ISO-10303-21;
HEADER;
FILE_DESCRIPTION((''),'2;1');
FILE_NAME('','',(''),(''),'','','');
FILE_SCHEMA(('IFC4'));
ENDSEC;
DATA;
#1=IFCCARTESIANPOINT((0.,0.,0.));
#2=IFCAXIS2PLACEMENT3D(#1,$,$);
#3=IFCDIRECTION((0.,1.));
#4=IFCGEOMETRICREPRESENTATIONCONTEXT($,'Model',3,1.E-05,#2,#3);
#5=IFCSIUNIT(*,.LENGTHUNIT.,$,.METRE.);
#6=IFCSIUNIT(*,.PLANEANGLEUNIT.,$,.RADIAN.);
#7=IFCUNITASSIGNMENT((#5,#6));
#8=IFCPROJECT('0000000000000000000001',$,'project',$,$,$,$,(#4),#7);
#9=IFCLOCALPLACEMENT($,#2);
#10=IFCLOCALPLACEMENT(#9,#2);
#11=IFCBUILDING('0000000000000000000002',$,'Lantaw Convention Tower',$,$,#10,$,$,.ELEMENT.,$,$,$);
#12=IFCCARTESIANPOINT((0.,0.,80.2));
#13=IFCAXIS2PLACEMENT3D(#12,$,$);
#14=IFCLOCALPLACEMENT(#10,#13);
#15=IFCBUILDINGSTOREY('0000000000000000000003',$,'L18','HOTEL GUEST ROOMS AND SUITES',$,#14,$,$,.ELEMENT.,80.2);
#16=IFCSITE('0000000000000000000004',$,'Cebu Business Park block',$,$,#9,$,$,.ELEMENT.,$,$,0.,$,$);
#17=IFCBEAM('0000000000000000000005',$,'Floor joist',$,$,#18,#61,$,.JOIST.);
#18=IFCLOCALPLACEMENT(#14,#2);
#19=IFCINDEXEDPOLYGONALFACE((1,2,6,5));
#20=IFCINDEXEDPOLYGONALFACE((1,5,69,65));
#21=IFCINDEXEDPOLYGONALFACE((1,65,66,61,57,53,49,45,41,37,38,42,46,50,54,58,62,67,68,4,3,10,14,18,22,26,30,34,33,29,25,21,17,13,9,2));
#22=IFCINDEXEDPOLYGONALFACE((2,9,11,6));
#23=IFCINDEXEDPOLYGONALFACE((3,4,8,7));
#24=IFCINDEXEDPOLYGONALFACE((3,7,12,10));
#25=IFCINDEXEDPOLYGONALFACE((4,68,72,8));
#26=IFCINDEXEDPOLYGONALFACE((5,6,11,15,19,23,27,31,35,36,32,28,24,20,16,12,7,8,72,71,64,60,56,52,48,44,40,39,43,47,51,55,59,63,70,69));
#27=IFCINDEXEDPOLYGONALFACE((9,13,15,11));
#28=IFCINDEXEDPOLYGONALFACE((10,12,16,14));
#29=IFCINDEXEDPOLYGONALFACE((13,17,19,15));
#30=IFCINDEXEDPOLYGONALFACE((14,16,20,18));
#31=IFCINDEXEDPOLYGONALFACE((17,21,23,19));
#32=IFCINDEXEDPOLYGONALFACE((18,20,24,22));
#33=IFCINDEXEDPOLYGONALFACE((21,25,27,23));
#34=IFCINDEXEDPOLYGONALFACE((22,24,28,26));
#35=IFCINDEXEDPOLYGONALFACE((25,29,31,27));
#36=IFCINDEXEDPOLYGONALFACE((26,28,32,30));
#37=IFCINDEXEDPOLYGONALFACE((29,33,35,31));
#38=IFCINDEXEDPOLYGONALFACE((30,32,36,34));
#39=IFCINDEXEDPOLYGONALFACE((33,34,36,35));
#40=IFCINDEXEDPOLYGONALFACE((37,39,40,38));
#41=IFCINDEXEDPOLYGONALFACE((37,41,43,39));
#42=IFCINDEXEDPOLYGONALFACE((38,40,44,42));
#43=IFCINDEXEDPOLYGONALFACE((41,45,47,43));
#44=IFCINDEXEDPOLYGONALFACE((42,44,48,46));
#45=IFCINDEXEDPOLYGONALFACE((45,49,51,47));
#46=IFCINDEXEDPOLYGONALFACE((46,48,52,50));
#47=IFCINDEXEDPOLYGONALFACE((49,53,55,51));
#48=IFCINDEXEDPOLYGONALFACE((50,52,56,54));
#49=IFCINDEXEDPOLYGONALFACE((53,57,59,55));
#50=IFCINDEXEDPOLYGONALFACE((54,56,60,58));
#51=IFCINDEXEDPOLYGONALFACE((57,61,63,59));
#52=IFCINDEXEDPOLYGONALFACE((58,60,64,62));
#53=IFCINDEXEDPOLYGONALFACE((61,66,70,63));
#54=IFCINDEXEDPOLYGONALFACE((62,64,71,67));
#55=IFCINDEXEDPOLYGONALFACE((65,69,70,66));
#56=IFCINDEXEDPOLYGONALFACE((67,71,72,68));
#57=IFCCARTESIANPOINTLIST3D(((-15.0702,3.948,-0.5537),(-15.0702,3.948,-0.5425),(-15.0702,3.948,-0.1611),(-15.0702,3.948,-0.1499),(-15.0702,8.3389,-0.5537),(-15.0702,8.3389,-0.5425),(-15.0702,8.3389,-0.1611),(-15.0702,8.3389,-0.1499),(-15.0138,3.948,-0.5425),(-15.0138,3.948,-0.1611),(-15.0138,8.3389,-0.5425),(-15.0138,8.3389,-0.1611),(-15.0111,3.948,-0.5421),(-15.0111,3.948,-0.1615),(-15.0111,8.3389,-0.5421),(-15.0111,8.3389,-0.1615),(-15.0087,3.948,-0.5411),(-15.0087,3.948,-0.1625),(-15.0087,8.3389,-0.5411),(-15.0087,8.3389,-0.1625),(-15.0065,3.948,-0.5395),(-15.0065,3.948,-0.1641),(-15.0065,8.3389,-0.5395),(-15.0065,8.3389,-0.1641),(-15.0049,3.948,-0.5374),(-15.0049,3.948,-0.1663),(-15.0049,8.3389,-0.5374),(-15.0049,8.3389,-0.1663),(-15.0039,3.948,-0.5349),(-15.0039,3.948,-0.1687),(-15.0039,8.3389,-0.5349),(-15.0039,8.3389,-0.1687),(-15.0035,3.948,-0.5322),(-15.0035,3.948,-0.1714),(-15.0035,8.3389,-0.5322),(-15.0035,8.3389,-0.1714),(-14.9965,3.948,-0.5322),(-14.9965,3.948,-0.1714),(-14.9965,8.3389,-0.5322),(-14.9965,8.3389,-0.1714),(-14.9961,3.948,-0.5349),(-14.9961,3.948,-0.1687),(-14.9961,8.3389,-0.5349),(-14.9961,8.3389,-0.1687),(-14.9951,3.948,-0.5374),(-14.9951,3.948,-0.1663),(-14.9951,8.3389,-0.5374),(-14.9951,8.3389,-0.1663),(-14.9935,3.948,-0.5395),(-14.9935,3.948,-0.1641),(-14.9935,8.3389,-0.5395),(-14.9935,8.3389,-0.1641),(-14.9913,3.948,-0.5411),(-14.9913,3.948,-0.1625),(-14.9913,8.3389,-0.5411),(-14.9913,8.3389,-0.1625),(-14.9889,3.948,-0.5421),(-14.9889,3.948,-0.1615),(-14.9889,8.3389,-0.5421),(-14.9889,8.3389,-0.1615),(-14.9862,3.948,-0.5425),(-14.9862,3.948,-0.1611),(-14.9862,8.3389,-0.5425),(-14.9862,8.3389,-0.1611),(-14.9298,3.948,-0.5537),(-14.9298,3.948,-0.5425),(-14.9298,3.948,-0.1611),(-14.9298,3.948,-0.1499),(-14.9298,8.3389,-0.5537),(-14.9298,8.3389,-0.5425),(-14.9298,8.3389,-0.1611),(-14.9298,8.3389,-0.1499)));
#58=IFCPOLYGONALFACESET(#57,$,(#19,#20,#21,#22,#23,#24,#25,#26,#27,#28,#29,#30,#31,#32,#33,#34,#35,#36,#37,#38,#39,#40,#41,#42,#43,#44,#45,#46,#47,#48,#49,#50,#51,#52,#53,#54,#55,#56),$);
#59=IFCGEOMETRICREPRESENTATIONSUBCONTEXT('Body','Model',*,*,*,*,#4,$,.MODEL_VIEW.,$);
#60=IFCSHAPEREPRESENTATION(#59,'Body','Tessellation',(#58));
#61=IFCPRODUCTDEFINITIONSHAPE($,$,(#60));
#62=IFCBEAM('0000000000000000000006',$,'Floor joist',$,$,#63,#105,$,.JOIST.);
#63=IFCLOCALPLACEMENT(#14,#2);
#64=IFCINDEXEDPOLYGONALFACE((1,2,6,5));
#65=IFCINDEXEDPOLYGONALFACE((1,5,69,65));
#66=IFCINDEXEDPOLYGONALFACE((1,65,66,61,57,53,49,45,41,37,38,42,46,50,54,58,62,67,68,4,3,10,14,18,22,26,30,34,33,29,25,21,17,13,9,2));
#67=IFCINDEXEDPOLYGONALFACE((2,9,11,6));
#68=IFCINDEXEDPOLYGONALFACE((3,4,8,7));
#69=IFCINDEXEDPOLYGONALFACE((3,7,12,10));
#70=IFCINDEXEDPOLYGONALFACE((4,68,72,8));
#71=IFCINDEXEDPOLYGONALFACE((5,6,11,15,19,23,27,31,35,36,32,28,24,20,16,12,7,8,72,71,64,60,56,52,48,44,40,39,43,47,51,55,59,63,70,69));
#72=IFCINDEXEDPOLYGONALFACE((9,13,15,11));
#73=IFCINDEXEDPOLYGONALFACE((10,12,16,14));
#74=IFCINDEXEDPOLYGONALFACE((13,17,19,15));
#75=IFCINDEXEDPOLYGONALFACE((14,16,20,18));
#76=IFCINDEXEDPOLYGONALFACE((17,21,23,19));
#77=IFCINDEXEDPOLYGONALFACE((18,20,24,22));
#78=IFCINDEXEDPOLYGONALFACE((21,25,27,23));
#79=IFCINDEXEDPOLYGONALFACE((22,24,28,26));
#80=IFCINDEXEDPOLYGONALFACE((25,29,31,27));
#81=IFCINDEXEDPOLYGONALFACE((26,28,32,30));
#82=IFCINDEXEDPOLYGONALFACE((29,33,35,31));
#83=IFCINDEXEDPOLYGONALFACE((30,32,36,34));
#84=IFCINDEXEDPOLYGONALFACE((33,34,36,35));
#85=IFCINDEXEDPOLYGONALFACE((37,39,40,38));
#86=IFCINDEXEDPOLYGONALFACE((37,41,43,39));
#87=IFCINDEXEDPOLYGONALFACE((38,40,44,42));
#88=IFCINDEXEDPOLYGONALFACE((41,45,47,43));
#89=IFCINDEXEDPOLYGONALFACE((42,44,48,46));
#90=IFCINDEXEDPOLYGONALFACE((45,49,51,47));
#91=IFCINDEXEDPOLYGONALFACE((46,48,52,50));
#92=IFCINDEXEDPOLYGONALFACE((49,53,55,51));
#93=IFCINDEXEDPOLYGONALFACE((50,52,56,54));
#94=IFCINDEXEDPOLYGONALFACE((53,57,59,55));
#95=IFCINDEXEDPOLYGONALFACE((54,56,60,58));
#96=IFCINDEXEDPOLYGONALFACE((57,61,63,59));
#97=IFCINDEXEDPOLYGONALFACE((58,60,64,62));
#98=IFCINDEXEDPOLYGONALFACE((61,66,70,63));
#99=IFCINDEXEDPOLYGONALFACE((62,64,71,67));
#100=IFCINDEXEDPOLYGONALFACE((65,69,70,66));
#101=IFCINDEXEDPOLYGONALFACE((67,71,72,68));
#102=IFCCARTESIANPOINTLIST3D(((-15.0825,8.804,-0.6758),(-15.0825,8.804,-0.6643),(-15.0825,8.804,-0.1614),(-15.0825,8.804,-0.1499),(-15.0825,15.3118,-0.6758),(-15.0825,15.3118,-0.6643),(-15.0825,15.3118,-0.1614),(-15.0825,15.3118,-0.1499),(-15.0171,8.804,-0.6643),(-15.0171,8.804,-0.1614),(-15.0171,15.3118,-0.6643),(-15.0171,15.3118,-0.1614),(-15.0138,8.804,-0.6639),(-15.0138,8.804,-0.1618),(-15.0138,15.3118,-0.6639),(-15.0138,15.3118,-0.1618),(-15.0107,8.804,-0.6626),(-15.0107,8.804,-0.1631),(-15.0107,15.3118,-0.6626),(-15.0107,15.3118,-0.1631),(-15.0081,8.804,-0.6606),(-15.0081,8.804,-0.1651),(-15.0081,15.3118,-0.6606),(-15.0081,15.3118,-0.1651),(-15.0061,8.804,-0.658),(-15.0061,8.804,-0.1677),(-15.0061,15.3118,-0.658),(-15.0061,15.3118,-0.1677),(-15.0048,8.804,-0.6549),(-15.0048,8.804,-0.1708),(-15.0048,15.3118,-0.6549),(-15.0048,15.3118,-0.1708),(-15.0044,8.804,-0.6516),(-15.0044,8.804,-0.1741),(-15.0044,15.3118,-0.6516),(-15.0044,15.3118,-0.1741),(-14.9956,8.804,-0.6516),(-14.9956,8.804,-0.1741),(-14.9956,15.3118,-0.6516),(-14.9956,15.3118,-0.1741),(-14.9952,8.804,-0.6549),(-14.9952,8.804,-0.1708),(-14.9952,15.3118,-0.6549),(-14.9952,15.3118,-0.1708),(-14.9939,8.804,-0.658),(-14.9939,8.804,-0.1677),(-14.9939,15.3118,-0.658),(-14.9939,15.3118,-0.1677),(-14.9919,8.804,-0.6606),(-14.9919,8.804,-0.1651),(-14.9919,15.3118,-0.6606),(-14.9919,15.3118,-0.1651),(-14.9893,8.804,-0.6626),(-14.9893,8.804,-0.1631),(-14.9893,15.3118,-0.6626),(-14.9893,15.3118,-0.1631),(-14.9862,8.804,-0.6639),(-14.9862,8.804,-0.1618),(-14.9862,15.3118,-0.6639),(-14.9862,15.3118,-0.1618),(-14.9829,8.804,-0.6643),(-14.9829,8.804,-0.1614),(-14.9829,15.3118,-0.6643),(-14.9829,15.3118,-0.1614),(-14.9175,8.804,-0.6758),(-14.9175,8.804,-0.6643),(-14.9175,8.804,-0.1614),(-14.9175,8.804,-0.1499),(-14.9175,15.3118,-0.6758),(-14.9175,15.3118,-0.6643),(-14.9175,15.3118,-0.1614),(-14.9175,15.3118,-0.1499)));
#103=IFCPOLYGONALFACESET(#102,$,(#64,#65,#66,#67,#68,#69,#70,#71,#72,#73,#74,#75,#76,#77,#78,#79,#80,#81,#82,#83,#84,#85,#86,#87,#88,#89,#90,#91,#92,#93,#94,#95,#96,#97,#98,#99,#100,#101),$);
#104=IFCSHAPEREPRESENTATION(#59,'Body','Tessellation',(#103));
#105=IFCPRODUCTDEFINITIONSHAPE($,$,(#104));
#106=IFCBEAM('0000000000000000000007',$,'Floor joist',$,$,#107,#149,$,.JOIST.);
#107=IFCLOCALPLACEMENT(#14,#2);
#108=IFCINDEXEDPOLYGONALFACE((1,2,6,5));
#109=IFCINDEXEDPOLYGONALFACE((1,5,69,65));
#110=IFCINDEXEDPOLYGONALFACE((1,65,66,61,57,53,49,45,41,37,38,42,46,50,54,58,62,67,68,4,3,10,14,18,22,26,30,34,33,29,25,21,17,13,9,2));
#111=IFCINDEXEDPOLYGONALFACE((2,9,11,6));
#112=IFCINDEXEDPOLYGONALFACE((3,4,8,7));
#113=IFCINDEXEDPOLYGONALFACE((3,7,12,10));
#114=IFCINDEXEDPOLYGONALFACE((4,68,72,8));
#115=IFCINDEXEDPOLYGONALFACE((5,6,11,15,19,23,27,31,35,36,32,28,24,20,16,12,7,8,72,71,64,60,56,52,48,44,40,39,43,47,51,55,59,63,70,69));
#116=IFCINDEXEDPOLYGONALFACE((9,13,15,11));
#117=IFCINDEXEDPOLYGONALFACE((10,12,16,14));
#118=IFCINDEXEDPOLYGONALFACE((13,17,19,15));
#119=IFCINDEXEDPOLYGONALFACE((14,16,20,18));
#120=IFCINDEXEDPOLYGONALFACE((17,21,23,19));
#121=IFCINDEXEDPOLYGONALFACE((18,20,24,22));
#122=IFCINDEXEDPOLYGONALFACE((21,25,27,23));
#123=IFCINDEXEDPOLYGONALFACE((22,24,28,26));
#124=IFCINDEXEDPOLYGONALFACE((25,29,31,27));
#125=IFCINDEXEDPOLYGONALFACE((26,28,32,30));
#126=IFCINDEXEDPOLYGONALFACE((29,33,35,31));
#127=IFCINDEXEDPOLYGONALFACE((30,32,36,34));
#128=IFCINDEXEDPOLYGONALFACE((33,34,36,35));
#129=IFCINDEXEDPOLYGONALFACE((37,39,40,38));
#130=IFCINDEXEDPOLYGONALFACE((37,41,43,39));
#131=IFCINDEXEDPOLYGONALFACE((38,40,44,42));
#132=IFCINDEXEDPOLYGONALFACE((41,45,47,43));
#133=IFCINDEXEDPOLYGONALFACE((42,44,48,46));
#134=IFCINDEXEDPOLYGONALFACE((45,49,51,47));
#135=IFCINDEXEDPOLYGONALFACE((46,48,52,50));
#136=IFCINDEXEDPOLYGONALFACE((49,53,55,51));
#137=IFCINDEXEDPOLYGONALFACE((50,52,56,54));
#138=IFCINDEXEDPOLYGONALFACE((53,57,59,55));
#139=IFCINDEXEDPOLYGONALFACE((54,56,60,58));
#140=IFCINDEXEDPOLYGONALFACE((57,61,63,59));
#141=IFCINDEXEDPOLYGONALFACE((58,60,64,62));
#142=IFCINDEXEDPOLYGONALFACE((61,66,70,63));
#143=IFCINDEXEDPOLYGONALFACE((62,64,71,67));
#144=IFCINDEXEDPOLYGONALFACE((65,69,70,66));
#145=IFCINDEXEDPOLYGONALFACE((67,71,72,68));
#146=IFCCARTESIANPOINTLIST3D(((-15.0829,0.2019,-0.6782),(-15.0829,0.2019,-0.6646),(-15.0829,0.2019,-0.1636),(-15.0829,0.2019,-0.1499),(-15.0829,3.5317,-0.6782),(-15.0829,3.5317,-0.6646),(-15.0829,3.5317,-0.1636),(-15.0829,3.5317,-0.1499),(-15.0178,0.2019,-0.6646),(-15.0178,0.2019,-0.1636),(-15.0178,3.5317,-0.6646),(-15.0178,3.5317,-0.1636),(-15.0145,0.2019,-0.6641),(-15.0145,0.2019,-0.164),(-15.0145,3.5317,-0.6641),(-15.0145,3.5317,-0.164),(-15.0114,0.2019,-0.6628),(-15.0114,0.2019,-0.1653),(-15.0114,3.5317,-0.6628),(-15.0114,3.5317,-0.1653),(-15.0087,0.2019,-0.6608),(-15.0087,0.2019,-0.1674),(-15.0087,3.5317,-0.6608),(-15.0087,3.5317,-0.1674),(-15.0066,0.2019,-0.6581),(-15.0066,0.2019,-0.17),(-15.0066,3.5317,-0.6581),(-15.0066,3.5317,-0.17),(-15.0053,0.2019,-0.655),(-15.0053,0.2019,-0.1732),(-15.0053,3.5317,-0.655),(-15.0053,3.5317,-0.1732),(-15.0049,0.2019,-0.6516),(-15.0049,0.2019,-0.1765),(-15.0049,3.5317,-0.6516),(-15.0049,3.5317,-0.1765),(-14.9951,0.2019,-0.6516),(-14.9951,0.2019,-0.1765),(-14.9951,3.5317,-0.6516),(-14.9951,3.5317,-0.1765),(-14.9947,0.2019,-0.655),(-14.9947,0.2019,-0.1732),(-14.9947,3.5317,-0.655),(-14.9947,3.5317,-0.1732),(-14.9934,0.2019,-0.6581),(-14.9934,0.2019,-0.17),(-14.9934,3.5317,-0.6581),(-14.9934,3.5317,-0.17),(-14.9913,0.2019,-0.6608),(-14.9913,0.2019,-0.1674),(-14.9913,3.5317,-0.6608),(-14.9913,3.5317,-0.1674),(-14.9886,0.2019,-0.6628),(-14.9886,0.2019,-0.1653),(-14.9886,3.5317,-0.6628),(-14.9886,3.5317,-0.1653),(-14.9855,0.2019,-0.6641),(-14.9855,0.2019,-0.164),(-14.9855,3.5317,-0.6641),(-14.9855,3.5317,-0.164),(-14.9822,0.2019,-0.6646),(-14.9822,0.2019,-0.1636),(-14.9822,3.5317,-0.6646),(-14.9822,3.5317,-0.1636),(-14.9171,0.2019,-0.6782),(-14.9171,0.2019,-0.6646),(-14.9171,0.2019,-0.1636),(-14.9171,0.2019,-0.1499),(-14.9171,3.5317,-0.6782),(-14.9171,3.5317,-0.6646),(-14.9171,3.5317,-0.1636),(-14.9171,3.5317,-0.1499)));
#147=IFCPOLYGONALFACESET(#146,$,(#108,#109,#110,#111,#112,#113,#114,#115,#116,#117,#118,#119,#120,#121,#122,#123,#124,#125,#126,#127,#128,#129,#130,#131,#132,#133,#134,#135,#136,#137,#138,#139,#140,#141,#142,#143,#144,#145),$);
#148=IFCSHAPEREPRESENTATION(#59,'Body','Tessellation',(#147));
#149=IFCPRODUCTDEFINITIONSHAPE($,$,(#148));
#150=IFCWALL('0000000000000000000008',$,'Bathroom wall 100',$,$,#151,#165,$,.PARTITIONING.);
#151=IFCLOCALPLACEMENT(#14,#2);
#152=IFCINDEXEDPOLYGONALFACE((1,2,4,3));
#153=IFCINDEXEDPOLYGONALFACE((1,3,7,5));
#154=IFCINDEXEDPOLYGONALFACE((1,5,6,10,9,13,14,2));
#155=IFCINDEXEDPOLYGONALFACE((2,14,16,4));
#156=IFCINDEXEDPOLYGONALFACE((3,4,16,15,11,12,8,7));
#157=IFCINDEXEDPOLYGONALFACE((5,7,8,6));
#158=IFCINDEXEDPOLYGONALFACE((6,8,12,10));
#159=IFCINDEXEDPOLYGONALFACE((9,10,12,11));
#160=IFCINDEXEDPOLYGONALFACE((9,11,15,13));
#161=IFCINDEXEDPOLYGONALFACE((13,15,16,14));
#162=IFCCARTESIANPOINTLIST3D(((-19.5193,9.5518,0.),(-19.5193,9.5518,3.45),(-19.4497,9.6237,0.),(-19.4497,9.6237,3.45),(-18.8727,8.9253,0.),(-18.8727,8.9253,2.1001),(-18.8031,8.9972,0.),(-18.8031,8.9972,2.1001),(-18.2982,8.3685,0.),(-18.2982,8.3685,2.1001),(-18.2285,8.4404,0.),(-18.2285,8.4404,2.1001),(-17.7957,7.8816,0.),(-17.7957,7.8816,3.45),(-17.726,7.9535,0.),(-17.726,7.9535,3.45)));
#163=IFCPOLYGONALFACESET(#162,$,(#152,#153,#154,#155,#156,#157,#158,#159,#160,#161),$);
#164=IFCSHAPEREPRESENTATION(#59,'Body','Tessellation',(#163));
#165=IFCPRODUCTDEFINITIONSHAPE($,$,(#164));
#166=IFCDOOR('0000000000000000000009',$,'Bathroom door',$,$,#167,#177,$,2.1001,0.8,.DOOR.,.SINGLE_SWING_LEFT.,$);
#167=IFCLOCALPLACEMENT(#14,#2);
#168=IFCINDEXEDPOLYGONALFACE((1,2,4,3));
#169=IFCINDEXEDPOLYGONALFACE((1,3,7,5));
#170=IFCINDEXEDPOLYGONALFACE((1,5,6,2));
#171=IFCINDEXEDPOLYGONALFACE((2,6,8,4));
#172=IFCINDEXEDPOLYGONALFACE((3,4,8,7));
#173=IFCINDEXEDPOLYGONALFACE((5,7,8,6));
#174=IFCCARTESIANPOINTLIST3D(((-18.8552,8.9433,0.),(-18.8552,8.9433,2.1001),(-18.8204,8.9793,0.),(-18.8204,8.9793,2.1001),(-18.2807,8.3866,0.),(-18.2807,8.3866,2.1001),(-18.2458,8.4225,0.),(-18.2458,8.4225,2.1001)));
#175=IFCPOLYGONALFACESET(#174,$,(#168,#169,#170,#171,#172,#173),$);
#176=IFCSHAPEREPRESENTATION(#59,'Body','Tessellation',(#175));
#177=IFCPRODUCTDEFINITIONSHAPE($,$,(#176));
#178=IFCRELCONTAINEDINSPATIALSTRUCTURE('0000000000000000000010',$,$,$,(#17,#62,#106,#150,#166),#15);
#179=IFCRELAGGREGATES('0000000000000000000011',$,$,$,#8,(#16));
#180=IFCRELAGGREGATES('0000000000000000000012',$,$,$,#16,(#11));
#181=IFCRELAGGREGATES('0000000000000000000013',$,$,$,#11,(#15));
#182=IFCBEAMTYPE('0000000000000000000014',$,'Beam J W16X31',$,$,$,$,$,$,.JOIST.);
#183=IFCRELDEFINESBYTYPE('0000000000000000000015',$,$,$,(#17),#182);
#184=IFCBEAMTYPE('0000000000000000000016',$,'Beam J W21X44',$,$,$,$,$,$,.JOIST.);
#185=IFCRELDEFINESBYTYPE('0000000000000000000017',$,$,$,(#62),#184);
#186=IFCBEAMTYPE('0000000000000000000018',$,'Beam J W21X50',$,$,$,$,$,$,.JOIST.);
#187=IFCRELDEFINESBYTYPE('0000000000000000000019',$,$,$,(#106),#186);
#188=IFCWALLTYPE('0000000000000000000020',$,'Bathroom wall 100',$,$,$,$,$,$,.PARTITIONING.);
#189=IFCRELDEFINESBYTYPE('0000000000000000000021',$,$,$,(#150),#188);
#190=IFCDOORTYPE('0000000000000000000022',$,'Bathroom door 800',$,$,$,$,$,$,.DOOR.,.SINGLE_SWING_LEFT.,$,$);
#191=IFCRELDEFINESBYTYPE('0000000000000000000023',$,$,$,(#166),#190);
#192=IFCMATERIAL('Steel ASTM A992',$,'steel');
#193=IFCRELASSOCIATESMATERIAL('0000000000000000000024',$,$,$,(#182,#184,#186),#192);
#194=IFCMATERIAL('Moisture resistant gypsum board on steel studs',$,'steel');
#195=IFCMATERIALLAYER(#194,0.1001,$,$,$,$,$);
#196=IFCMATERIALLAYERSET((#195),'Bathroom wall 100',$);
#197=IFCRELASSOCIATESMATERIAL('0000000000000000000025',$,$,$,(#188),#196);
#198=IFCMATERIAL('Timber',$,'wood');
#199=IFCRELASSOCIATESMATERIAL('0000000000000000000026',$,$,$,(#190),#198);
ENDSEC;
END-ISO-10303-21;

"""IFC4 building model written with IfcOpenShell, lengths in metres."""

from ifc_helpers import new_model, si_unit, direction, frame, frame_2d, origin, origin_2d, place, context, subcontext, project, spatial, rectangle, i_section, extrude, material, layer, layer_set, material_profile, profile_set, type_object, element, fill, save


model = new_model("IFC4")

# Units and contexts
model_context = context("Model", 3, precision=1e-05, world=origin(), true_north=direction((0.0, 1.0)))
body_context = subcontext(model_context, "Body", "Model", "MODEL_VIEW")
ifc_project = project(units=[si_unit("LENGTHUNIT", "METRE"), si_unit("PLANEANGLEUNIT", "RADIAN")], contexts=[model_context])

# Site, building, storey
site_placement = place(None, origin())
site = spatial("IfcSite", under=ifc_project, at=site_placement, Name="Cebu Business Park block", CompositionType="ELEMENT", RefElevation=0.0)
building_placement = place(site_placement, origin())
building = spatial("IfcBuilding", under=site, at=building_placement, Name="Lantaw Convention Tower", CompositionType="ELEMENT")
storey_placement = place(building_placement, frame((0.0, 0.0, 80.2)))
storey = spatial("IfcBuildingStorey", under=building, at=storey_placement, Name="L18", Description="HOTEL GUEST ROOMS AND SUITES", CompositionType="ELEMENT", Elevation=80.2)

# Beams
ifc_material_1 = material(Name="Steel ASTM A992", Category="steel")
ifc_material_profile_1 = material_profile(ifc_material_1, i_section(OverallWidth=0.1404, OverallDepth=0.4038, WebThickness=0.0071, FlangeThickness=0.0112, FilletRadius=0.0103, at=origin_2d()), Name="W16X31")
ifc_profile_set_1 = profile_set([ifc_material_profile_1], Name="Steel ASTM A992")
beam_type_1 = type_object("IfcBeamType", Name="Beam J W16X31", PredefinedType="JOIST", material=ifc_profile_set_1)
beam_1_placement = place(storey_placement, frame((-15.0, 3.948, -0.3518), z_axis=(0.0, 1.0, 0.0), x_axis=(-1.0, 0.0, 0.0)))
element("IfcBeam", 1, at=beam_1_placement, inside=storey, type_object=beam_type_1, Name="Floor joist", PredefinedType="JOIST", context=body_context, shape_type="SweptSolid", body=[
    extrude(i_section(OverallWidth=0.1404, OverallDepth=0.4038, WebThickness=0.0071, FlangeThickness=0.0112, FilletRadius=0.0103, at=origin_2d()), origin(), (0.0, 0.0, 1.0), 4.3909),
])
ifc_material_profile_2 = material_profile(ifc_material_1, i_section(OverallWidth=0.165, OverallDepth=0.5259, WebThickness=0.0088, FlangeThickness=0.0115, FilletRadius=0.0127, at=origin_2d()), Name="W21X44")
ifc_profile_set_2 = profile_set([ifc_material_profile_2], Name="Steel ASTM A992")
beam_type_2 = type_object("IfcBeamType", Name="Beam J W21X44", PredefinedType="JOIST", material=ifc_profile_set_2)
beam_2_placement = place(storey_placement, frame((-15.0, 8.804, -0.4128), z_axis=(0.0, 1.0, 0.0), x_axis=(-1.0, 0.0, 0.0)))
element("IfcBeam", 2, at=beam_2_placement, inside=storey, type_object=beam_type_2, Name="Floor joist", PredefinedType="JOIST", context=body_context, shape_type="SweptSolid", body=[
    extrude(i_section(OverallWidth=0.165, OverallDepth=0.5259, WebThickness=0.0088, FlangeThickness=0.0115, FilletRadius=0.0127, at=origin_2d()), origin(), (0.0, 0.0, 1.0), 6.5078),
])
ifc_material_profile_3 = material_profile(ifc_material_1, i_section(OverallWidth=0.1658, OverallDepth=0.5283, WebThickness=0.0098, FlangeThickness=0.0137, FilletRadius=0.0129, at=origin_2d()), Name="W21X50")
ifc_profile_set_3 = profile_set([ifc_material_profile_3], Name="Steel ASTM A992")
beam_type_3 = type_object("IfcBeamType", Name="Beam J W21X50", PredefinedType="JOIST", material=ifc_profile_set_3)
beam_3_placement = place(storey_placement, frame((-15.0, 0.2019, -0.4141), z_axis=(0.0, 1.0, 0.0), x_axis=(-1.0, 0.0, 0.0)))
element("IfcBeam", 3, at=beam_3_placement, inside=storey, type_object=beam_type_3, Name="Floor joist", PredefinedType="JOIST", context=body_context, shape_type="SweptSolid", body=[
    extrude(i_section(OverallWidth=0.1658, OverallDepth=0.5283, WebThickness=0.0098, FlangeThickness=0.0137, FilletRadius=0.0129, at=origin_2d()), origin(), (0.0, 0.0, 1.0), 3.3298),
])

# Wall, opening, door
ifc_material_2 = material(Name="Moisture resistant gypsum board on steel studs", Category="steel")
ifc_layer_1 = layer(ifc_material_2, 0.1001)
ifc_layer_set_1 = layer_set([ifc_layer_1], Name="Bathroom wall 100")
wall_type_1 = type_object("IfcWallType", Name="Bathroom wall 100", PredefinedType="PARTITIONING", material=ifc_layer_set_1)
wall_1_placement = place(storey_placement, frame((-17.7607, 7.9175, 0.0), z_axis=(0.0, 0.0, 1.0), x_axis=(-0.718158, 0.69588, 0.0)))
wall_1 = element("IfcWall", 4, at=wall_1_placement, inside=storey, type_object=wall_type_1, Name="Bathroom wall 100", PredefinedType="PARTITIONING", context=body_context, shape_type="SweptSolid", body=[
    extrude(rectangle(XDim=2.4001, YDim=0.1001, at=frame_2d((1.2002, 0.0))), origin(), (0.0, 0.0, 1.0), 3.45),
])
opening_1_placement = place(wall_1_placement, frame((0.7, 0.0, 0.0)))
opening_1 = element("IfcOpeningElement", 5, at=opening_1_placement, cuts=wall_1, PredefinedType="OPENING", context=body_context, shape_type="SweptSolid", body=[
    extrude(rectangle(XDim=0.8, YDim=2.1001, at=frame_2d((0.3999, 1.05))), frame((0.0, 0.0601, 0.0), z_axis=(0.0, -1.0, 0.0), x_axis=(1.0, 0.0, 0.0)), (0.0, 0.0, 1.0), 0.1201),
])
ifc_material_3 = material(Name="Timber", Category="wood")
door_type_1 = type_object("IfcDoorType", Name="Bathroom door 800", OperationType="SINGLE_SWING_LEFT", PredefinedType="DOOR", material=ifc_material_3)
door_1_placement = place(opening_1_placement, origin())
door_1 = element("IfcDoor", 6, at=door_1_placement, inside=storey, type_object=door_type_1, Name="Bathroom door", OperationType="SINGLE_SWING_LEFT", OverallHeight=2.1001, OverallWidth=0.8, PredefinedType="DOOR", context=body_context, shape_type="SweptSolid", body=[
    extrude(rectangle(XDim=0.8, YDim=2.1001, at=frame_2d((0.3999, 1.05))), frame((0.0, 0.0249, 0.0), z_axis=(0.0, -1.0, 0.0), x_axis=(1.0, 0.0, 0.0)), (0.0, 0.0, 1.0), 0.05),
])
fill(opening_1, door_1)

save(model, "model.ifc")
